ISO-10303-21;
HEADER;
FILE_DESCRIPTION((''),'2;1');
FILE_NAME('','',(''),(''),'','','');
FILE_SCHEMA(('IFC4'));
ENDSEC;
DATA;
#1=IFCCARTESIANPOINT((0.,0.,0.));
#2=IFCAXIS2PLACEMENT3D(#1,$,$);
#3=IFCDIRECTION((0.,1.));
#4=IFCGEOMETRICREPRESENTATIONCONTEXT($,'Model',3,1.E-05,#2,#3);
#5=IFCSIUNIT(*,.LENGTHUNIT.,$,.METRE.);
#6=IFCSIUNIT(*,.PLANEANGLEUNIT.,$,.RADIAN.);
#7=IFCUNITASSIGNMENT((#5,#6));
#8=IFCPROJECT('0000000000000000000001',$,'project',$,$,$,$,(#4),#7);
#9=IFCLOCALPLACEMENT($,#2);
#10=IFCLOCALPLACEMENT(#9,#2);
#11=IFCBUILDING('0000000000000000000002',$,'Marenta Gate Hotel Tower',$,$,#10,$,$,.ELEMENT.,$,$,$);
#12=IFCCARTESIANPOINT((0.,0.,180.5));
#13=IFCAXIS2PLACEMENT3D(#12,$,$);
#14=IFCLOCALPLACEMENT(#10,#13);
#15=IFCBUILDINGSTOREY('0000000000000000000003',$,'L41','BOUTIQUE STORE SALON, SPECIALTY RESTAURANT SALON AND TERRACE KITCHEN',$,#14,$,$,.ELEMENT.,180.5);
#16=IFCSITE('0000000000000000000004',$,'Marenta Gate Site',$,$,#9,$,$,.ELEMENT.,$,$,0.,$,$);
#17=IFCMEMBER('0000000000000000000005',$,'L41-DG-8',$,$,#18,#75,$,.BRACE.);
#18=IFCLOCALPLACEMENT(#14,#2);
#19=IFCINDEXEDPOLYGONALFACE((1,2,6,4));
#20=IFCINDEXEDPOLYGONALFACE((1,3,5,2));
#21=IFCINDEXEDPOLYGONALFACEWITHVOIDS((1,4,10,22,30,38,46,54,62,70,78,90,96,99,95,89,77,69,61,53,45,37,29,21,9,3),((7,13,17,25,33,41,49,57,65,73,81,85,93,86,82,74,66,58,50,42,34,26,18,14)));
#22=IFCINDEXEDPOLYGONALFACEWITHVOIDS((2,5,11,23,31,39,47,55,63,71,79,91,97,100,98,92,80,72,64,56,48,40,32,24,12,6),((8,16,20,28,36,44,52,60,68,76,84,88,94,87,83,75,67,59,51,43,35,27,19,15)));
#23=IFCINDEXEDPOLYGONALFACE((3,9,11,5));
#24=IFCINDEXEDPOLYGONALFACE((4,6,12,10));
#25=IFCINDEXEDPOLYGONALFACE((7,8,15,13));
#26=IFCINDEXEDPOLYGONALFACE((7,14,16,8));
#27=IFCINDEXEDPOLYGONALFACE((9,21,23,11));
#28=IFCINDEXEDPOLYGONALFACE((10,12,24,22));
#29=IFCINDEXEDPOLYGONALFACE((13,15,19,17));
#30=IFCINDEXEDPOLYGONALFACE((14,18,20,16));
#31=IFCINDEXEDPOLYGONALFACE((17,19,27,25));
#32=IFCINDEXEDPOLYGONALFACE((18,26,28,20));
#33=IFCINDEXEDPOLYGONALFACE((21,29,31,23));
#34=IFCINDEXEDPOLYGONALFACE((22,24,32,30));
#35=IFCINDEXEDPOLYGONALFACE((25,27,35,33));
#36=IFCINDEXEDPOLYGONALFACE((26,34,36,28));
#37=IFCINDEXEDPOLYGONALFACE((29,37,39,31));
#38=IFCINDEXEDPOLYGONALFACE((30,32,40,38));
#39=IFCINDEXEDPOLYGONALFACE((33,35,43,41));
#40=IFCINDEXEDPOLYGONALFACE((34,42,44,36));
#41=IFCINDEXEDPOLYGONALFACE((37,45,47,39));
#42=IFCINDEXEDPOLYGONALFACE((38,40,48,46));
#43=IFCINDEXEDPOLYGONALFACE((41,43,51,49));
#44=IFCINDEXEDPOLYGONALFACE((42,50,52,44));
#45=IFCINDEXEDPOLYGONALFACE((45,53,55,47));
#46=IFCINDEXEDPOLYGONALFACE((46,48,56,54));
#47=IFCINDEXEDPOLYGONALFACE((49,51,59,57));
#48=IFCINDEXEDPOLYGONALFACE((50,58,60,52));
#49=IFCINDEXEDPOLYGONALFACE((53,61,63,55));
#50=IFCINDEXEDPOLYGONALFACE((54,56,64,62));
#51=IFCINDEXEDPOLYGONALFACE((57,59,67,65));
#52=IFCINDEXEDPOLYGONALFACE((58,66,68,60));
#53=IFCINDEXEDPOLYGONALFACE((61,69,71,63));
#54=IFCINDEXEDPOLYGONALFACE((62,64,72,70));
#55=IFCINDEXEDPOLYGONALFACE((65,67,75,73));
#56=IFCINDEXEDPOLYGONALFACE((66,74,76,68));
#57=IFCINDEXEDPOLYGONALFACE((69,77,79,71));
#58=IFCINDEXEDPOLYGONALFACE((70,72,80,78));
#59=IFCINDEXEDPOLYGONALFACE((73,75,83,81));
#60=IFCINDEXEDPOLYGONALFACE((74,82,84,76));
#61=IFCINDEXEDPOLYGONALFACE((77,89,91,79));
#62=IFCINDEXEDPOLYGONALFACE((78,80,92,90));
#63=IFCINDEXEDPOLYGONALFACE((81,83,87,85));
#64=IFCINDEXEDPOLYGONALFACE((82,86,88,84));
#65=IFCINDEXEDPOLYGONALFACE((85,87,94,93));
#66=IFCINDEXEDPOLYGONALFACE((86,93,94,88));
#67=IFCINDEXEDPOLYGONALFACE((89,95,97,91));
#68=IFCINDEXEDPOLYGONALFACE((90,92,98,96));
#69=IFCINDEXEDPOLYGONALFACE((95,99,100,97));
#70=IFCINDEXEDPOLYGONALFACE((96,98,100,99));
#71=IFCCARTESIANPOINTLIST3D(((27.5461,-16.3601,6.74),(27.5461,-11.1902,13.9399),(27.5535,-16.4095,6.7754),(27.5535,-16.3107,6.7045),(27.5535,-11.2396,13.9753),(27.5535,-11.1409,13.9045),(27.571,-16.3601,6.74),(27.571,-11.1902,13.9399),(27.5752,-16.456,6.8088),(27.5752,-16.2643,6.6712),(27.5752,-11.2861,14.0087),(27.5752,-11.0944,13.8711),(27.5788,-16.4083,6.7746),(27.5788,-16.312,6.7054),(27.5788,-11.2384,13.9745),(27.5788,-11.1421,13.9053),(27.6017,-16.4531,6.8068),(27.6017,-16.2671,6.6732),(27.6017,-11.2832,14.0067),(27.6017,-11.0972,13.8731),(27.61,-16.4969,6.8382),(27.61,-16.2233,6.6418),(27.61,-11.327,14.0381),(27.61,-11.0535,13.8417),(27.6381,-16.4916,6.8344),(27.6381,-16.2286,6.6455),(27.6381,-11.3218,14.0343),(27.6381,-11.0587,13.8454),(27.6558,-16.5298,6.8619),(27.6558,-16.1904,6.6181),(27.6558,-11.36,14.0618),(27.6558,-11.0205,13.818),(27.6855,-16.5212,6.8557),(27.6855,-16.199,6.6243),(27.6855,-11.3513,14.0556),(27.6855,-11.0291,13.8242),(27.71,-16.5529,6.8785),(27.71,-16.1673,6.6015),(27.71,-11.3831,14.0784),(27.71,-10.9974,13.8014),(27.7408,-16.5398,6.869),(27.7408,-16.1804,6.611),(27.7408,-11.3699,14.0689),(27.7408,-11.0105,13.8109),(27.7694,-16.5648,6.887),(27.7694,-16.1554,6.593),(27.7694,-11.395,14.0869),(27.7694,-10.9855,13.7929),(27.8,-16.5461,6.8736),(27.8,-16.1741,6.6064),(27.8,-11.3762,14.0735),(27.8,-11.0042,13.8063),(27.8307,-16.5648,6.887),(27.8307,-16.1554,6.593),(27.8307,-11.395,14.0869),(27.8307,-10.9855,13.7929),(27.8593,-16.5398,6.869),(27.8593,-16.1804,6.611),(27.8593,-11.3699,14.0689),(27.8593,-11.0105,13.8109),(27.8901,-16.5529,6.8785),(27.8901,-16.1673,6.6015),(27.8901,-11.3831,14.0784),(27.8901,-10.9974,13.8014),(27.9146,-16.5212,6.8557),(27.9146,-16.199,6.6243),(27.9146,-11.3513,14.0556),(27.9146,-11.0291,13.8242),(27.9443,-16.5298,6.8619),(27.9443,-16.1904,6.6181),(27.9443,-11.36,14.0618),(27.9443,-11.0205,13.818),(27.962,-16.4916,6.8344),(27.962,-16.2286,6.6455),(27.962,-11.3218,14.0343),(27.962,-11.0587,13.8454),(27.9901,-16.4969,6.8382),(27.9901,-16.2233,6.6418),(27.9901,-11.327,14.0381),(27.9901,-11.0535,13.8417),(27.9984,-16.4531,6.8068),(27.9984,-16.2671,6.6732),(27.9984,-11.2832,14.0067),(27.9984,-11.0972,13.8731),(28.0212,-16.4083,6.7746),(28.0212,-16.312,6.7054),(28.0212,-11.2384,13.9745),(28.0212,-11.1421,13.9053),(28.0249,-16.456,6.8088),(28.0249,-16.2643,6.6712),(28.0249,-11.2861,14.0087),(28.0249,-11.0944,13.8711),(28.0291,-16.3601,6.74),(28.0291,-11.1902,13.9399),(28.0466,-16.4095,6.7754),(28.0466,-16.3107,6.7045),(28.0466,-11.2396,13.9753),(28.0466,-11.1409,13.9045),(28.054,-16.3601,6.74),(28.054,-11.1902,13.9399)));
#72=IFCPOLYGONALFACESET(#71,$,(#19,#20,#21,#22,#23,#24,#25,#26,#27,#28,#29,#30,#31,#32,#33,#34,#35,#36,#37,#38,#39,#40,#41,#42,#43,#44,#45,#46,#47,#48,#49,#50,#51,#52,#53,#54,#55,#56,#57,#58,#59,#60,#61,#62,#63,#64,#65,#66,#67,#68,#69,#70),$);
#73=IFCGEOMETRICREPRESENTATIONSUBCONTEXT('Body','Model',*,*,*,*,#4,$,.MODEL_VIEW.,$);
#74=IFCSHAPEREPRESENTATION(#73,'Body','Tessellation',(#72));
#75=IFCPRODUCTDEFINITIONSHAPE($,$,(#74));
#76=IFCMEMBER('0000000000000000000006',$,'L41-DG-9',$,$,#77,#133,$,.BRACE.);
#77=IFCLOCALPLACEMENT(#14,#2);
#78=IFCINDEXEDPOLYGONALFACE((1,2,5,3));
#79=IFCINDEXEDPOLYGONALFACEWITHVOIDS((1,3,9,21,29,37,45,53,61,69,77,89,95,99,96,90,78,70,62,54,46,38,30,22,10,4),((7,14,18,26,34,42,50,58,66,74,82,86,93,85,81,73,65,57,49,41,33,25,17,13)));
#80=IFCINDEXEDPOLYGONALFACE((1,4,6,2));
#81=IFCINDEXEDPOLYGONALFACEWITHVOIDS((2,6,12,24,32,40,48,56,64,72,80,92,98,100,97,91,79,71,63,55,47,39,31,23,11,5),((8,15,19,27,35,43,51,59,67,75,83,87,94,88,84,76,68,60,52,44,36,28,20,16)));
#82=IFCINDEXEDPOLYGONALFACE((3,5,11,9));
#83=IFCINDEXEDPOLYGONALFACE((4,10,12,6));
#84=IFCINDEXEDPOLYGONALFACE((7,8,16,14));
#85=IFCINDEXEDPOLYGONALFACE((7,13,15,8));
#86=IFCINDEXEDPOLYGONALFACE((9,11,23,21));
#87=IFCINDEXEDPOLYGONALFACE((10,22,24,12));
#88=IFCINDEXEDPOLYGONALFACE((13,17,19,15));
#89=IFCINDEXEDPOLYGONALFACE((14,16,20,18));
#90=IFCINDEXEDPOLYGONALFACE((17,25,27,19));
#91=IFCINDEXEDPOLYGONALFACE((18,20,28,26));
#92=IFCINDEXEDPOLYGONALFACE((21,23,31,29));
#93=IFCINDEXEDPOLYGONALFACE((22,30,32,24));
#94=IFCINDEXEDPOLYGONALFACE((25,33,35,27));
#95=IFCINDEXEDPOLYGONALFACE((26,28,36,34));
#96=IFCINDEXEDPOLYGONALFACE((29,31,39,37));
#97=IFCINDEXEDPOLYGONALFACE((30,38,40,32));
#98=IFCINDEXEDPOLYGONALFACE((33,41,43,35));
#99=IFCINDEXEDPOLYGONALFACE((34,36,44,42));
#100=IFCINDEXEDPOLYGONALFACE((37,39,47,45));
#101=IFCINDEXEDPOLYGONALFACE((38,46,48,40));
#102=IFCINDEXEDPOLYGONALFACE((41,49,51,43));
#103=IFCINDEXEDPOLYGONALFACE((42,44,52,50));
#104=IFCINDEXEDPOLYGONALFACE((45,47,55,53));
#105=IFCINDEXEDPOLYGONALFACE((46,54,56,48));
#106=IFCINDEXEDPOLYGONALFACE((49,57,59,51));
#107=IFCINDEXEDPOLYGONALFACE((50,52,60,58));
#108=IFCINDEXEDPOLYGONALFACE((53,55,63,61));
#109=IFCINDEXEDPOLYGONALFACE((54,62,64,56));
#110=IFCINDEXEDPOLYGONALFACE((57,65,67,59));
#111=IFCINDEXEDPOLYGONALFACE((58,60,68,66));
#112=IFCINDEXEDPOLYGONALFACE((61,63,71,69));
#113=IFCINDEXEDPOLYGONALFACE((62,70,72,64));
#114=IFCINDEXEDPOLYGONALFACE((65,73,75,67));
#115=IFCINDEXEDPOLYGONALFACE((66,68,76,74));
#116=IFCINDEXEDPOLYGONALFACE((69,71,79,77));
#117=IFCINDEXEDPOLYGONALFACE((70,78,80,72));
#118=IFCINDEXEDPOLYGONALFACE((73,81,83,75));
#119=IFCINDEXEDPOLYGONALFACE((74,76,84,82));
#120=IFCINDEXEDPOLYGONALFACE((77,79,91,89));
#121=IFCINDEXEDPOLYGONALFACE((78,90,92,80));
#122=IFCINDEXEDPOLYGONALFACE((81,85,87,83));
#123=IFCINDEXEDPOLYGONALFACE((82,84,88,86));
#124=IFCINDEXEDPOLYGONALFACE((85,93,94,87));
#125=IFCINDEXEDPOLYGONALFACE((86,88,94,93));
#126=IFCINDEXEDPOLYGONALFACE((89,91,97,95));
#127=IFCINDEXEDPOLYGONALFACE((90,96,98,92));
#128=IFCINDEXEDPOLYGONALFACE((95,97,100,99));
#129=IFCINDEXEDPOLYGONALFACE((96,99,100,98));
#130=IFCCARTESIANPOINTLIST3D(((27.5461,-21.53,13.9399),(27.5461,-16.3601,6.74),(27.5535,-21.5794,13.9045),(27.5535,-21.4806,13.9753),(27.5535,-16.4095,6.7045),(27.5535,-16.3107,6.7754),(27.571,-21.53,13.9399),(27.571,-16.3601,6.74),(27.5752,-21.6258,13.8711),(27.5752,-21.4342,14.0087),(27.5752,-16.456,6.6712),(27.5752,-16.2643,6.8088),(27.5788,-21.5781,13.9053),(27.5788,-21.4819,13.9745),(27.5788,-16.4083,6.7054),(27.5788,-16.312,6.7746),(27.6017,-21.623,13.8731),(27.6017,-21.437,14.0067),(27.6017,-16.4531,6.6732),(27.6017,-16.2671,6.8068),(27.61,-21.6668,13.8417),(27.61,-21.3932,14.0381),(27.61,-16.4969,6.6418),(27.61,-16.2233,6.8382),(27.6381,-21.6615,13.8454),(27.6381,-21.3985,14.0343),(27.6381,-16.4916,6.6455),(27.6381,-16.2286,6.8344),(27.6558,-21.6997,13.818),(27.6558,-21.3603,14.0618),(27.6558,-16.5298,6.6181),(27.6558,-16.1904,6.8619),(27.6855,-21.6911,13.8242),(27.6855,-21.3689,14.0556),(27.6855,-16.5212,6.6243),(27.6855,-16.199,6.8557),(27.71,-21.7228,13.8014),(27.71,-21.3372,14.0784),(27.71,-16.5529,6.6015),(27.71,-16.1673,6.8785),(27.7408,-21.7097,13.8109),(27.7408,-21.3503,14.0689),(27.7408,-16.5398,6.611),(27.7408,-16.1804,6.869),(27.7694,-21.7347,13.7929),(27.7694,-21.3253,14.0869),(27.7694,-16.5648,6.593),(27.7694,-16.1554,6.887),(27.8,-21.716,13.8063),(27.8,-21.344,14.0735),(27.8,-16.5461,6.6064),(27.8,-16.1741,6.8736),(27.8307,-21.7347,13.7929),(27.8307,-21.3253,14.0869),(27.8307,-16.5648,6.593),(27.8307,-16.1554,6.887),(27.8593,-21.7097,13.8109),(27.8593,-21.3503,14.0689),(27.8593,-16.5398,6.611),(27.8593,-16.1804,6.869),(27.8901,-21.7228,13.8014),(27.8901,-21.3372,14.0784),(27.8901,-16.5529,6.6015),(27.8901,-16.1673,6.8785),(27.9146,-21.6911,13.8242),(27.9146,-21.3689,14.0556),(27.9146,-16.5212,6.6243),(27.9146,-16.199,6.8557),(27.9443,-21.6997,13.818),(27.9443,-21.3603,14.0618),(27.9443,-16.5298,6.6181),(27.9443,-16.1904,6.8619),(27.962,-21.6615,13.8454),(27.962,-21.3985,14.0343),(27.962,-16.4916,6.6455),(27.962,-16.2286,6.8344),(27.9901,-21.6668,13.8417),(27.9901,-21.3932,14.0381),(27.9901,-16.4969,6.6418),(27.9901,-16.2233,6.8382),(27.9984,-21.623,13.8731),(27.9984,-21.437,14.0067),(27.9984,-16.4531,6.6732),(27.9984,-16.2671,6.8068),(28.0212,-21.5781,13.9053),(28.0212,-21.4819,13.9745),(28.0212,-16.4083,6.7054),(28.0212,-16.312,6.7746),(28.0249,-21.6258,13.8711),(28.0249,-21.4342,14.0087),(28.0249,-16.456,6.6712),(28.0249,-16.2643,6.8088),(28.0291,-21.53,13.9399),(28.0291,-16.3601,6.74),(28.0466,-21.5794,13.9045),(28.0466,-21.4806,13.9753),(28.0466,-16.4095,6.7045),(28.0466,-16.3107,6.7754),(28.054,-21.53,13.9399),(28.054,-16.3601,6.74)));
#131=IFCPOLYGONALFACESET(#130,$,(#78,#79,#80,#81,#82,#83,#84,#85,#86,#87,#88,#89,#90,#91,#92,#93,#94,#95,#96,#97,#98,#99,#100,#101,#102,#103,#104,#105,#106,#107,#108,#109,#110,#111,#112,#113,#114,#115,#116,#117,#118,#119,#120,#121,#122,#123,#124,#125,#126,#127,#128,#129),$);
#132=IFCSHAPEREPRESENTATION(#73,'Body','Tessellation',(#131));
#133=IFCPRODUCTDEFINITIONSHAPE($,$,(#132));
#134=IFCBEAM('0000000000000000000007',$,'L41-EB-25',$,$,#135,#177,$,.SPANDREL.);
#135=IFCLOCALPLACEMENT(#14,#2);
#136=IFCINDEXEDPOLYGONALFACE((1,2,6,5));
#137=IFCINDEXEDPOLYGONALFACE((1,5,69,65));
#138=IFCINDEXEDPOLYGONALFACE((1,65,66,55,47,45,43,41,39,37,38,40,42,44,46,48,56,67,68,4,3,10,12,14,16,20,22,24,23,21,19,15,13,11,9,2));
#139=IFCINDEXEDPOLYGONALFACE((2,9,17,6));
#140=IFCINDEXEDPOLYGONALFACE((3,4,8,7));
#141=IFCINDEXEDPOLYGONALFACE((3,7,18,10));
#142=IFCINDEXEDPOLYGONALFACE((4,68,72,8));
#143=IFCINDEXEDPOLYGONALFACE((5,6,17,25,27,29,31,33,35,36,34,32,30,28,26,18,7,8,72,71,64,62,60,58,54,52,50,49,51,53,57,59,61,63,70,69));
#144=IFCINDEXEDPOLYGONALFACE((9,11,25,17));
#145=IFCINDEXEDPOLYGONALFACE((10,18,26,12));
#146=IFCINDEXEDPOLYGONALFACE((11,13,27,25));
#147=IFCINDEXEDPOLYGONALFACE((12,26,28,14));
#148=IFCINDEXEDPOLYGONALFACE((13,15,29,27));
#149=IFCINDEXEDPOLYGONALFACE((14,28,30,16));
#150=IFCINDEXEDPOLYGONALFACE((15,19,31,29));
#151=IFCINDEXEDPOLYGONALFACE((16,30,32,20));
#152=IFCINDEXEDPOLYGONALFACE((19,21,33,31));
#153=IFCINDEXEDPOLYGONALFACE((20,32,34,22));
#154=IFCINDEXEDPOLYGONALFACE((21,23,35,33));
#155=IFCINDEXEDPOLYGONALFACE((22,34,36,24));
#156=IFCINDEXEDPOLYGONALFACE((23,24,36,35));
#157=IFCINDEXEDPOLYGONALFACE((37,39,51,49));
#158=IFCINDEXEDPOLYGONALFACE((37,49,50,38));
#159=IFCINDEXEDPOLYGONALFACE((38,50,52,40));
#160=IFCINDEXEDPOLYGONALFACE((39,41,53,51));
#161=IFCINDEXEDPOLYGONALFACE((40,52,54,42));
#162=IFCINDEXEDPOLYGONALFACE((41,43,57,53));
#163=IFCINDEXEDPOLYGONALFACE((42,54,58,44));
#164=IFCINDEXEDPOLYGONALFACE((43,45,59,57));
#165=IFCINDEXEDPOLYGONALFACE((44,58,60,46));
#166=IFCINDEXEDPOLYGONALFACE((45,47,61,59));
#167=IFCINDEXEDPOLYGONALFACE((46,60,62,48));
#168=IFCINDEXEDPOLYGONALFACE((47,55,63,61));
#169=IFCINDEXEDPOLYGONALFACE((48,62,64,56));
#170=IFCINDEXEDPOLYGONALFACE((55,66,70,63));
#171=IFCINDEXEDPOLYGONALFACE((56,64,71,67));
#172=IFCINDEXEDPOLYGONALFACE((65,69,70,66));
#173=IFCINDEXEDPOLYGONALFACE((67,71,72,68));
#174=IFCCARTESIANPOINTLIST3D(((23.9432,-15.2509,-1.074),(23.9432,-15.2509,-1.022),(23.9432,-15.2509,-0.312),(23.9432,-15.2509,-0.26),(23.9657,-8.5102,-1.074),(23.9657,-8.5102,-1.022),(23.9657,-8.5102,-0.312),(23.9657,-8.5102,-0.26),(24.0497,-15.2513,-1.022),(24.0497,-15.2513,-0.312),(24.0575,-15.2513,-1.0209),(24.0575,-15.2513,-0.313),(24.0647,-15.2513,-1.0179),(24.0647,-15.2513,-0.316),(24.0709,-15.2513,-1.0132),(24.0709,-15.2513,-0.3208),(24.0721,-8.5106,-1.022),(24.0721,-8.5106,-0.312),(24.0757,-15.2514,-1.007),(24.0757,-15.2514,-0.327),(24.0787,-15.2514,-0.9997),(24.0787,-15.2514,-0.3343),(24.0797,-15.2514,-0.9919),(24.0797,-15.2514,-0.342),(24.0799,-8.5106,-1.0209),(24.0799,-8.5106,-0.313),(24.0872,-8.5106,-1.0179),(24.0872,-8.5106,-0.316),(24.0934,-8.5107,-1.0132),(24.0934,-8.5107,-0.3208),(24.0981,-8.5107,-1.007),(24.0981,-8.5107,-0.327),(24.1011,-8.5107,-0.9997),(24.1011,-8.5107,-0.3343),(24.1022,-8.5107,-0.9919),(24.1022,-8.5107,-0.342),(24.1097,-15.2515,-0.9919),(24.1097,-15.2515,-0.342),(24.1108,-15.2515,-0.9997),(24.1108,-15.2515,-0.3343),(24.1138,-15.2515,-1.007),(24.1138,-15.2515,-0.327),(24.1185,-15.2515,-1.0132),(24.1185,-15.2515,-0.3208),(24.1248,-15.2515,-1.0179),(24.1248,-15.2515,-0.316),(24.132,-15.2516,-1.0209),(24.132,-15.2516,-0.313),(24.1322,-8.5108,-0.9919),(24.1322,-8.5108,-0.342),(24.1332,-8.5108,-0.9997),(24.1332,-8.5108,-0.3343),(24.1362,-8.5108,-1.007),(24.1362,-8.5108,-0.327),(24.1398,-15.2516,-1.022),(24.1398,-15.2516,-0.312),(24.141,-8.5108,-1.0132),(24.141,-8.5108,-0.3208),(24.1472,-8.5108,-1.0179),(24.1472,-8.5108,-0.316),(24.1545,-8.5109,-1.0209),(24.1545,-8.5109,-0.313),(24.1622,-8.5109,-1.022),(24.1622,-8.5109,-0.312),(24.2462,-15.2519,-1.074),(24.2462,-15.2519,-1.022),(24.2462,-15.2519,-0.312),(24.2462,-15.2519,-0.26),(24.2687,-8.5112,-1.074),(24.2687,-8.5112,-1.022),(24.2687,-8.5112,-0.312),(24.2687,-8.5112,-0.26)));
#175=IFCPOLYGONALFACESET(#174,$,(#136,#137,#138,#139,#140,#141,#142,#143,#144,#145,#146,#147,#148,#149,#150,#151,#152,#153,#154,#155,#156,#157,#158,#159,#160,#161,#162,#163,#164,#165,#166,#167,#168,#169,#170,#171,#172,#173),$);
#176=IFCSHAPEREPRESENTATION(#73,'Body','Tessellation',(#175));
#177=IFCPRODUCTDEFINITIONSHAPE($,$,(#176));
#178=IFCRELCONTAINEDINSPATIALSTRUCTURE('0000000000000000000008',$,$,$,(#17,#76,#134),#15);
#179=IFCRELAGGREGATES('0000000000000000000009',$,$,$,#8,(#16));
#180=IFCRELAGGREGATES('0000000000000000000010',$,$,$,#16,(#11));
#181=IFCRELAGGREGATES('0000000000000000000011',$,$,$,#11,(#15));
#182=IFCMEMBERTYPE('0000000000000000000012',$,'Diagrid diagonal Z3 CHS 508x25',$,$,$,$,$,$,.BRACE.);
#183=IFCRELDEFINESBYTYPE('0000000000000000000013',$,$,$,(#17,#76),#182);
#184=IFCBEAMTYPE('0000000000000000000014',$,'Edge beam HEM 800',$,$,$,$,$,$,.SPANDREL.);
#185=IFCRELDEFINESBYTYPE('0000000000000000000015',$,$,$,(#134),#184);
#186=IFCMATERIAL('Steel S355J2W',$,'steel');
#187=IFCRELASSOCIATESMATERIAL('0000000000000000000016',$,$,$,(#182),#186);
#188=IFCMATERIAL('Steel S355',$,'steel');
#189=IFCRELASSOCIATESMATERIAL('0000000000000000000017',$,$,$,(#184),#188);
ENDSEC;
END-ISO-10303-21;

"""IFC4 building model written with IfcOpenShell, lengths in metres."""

from ifc_helpers import new_model, si_unit, direction, frame, origin, origin_2d, place, context, subcontext, project, spatial, hollow_circle, i_section, extrude, material, material_profile, profile_set, type_object, element, save


model = new_model("IFC4")

# Units and contexts
model_context = context("Model", 3, precision=1e-05, world=origin(), true_north=direction((0.0, 1.0)))
body_context = subcontext(model_context, "Body", "Model", "MODEL_VIEW")
ifc_project = project(units=[si_unit("LENGTHUNIT", "METRE"), si_unit("PLANEANGLEUNIT", "RADIAN")], contexts=[model_context])

# Site, building, storey
site_placement = place(None, origin())
site = spatial("IfcSite", under=ifc_project, at=site_placement, Name="Marenta Gate Site", CompositionType="ELEMENT", RefElevation=0.0)
building_placement = place(site_placement, origin())
building = spatial("IfcBuilding", under=site, at=building_placement, Name="Marenta Gate Hotel Tower", CompositionType="ELEMENT")
storey_placement = place(building_placement, frame((0.0, 0.0, 180.5)))
storey = spatial("IfcBuildingStorey", under=building, at=storey_placement, Name="L41", Description="BOUTIQUE STORE SALON, SPECIALTY RESTAURANT SALON AND TERRACE KITCHEN", CompositionType="ELEMENT", Elevation=180.5)

# Members
ifc_material_1 = material(Name="Steel S355J2W", Category="steel")
ifc_material_profile_1 = material_profile(ifc_material_1, hollow_circle(Radius=0.2539, WallThickness=0.0249, at=origin_2d()), Name="CHS 508x25")
ifc_profile_set_1 = profile_set([ifc_material_profile_1], Name="Steel S355J2W")
member_type_1 = type_object("IfcMemberType", Name="Diagrid diagonal Z3 CHS 508x25", PredefinedType="BRACE", material=ifc_profile_set_1)
for number, where, z_axis, x_axis, name in (
    (1, (27.8, -16.3601, 6.74), (0.0, 0.583261, 0.812285), (-1.0, 0.0, 0.0), "L41-DG-8"),
    (2, (27.8, -16.3601, 6.74), (0.0, -0.583261, 0.812285), (1.0, 0.0, 0.0), "L41-DG-9"),
):
    element("IfcMember", number, at=place(storey_placement, frame(where, z_axis=z_axis, x_axis=x_axis)), inside=storey, type_object=member_type_1, Name=name, PredefinedType="BRACE", context=body_context, shape_type="SweptSolid", body=[
        extrude(hollow_circle(Radius=0.2539, WallThickness=0.0249, at=origin_2d()), origin(), (0.0, 0.0, 1.0), 8.8638),
    ])

# Beam
ifc_material_2 = material(Name="Steel S355", Category="steel")
ifc_material_profile_2 = material_profile(ifc_material_2, i_section(OverallWidth=0.303, OverallDepth=0.814, WebThickness=0.03, FlangeThickness=0.052, FilletRadius=0.03, at=origin_2d()), Name="HEM 800")
ifc_profile_set_2 = profile_set([ifc_material_profile_2], Name="Steel S355")
beam_type_1 = type_object("IfcBeamType", Name="Edge beam HEM 800", PredefinedType="SPANDREL", material=ifc_profile_set_2)
beam_1_placement = place(storey_placement, frame((24.1172, -8.5107, -0.667), z_axis=(-0.003332, -0.999994, 0.0), x_axis=(0.999994, -0.003332, 0.0)))
element("IfcBeam", 3, at=beam_1_placement, inside=storey, type_object=beam_type_1, Name="L41-EB-25", PredefinedType="SPANDREL", context=body_context, shape_type="SweptSolid", body=[
    extrude(i_section(OverallWidth=0.303, OverallDepth=0.814, WebThickness=0.03, FlangeThickness=0.052, FilletRadius=0.03, at=origin_2d()), origin(), (0.0, 0.0, 1.0), 6.7407),
])

save(model, "model.ifc")
